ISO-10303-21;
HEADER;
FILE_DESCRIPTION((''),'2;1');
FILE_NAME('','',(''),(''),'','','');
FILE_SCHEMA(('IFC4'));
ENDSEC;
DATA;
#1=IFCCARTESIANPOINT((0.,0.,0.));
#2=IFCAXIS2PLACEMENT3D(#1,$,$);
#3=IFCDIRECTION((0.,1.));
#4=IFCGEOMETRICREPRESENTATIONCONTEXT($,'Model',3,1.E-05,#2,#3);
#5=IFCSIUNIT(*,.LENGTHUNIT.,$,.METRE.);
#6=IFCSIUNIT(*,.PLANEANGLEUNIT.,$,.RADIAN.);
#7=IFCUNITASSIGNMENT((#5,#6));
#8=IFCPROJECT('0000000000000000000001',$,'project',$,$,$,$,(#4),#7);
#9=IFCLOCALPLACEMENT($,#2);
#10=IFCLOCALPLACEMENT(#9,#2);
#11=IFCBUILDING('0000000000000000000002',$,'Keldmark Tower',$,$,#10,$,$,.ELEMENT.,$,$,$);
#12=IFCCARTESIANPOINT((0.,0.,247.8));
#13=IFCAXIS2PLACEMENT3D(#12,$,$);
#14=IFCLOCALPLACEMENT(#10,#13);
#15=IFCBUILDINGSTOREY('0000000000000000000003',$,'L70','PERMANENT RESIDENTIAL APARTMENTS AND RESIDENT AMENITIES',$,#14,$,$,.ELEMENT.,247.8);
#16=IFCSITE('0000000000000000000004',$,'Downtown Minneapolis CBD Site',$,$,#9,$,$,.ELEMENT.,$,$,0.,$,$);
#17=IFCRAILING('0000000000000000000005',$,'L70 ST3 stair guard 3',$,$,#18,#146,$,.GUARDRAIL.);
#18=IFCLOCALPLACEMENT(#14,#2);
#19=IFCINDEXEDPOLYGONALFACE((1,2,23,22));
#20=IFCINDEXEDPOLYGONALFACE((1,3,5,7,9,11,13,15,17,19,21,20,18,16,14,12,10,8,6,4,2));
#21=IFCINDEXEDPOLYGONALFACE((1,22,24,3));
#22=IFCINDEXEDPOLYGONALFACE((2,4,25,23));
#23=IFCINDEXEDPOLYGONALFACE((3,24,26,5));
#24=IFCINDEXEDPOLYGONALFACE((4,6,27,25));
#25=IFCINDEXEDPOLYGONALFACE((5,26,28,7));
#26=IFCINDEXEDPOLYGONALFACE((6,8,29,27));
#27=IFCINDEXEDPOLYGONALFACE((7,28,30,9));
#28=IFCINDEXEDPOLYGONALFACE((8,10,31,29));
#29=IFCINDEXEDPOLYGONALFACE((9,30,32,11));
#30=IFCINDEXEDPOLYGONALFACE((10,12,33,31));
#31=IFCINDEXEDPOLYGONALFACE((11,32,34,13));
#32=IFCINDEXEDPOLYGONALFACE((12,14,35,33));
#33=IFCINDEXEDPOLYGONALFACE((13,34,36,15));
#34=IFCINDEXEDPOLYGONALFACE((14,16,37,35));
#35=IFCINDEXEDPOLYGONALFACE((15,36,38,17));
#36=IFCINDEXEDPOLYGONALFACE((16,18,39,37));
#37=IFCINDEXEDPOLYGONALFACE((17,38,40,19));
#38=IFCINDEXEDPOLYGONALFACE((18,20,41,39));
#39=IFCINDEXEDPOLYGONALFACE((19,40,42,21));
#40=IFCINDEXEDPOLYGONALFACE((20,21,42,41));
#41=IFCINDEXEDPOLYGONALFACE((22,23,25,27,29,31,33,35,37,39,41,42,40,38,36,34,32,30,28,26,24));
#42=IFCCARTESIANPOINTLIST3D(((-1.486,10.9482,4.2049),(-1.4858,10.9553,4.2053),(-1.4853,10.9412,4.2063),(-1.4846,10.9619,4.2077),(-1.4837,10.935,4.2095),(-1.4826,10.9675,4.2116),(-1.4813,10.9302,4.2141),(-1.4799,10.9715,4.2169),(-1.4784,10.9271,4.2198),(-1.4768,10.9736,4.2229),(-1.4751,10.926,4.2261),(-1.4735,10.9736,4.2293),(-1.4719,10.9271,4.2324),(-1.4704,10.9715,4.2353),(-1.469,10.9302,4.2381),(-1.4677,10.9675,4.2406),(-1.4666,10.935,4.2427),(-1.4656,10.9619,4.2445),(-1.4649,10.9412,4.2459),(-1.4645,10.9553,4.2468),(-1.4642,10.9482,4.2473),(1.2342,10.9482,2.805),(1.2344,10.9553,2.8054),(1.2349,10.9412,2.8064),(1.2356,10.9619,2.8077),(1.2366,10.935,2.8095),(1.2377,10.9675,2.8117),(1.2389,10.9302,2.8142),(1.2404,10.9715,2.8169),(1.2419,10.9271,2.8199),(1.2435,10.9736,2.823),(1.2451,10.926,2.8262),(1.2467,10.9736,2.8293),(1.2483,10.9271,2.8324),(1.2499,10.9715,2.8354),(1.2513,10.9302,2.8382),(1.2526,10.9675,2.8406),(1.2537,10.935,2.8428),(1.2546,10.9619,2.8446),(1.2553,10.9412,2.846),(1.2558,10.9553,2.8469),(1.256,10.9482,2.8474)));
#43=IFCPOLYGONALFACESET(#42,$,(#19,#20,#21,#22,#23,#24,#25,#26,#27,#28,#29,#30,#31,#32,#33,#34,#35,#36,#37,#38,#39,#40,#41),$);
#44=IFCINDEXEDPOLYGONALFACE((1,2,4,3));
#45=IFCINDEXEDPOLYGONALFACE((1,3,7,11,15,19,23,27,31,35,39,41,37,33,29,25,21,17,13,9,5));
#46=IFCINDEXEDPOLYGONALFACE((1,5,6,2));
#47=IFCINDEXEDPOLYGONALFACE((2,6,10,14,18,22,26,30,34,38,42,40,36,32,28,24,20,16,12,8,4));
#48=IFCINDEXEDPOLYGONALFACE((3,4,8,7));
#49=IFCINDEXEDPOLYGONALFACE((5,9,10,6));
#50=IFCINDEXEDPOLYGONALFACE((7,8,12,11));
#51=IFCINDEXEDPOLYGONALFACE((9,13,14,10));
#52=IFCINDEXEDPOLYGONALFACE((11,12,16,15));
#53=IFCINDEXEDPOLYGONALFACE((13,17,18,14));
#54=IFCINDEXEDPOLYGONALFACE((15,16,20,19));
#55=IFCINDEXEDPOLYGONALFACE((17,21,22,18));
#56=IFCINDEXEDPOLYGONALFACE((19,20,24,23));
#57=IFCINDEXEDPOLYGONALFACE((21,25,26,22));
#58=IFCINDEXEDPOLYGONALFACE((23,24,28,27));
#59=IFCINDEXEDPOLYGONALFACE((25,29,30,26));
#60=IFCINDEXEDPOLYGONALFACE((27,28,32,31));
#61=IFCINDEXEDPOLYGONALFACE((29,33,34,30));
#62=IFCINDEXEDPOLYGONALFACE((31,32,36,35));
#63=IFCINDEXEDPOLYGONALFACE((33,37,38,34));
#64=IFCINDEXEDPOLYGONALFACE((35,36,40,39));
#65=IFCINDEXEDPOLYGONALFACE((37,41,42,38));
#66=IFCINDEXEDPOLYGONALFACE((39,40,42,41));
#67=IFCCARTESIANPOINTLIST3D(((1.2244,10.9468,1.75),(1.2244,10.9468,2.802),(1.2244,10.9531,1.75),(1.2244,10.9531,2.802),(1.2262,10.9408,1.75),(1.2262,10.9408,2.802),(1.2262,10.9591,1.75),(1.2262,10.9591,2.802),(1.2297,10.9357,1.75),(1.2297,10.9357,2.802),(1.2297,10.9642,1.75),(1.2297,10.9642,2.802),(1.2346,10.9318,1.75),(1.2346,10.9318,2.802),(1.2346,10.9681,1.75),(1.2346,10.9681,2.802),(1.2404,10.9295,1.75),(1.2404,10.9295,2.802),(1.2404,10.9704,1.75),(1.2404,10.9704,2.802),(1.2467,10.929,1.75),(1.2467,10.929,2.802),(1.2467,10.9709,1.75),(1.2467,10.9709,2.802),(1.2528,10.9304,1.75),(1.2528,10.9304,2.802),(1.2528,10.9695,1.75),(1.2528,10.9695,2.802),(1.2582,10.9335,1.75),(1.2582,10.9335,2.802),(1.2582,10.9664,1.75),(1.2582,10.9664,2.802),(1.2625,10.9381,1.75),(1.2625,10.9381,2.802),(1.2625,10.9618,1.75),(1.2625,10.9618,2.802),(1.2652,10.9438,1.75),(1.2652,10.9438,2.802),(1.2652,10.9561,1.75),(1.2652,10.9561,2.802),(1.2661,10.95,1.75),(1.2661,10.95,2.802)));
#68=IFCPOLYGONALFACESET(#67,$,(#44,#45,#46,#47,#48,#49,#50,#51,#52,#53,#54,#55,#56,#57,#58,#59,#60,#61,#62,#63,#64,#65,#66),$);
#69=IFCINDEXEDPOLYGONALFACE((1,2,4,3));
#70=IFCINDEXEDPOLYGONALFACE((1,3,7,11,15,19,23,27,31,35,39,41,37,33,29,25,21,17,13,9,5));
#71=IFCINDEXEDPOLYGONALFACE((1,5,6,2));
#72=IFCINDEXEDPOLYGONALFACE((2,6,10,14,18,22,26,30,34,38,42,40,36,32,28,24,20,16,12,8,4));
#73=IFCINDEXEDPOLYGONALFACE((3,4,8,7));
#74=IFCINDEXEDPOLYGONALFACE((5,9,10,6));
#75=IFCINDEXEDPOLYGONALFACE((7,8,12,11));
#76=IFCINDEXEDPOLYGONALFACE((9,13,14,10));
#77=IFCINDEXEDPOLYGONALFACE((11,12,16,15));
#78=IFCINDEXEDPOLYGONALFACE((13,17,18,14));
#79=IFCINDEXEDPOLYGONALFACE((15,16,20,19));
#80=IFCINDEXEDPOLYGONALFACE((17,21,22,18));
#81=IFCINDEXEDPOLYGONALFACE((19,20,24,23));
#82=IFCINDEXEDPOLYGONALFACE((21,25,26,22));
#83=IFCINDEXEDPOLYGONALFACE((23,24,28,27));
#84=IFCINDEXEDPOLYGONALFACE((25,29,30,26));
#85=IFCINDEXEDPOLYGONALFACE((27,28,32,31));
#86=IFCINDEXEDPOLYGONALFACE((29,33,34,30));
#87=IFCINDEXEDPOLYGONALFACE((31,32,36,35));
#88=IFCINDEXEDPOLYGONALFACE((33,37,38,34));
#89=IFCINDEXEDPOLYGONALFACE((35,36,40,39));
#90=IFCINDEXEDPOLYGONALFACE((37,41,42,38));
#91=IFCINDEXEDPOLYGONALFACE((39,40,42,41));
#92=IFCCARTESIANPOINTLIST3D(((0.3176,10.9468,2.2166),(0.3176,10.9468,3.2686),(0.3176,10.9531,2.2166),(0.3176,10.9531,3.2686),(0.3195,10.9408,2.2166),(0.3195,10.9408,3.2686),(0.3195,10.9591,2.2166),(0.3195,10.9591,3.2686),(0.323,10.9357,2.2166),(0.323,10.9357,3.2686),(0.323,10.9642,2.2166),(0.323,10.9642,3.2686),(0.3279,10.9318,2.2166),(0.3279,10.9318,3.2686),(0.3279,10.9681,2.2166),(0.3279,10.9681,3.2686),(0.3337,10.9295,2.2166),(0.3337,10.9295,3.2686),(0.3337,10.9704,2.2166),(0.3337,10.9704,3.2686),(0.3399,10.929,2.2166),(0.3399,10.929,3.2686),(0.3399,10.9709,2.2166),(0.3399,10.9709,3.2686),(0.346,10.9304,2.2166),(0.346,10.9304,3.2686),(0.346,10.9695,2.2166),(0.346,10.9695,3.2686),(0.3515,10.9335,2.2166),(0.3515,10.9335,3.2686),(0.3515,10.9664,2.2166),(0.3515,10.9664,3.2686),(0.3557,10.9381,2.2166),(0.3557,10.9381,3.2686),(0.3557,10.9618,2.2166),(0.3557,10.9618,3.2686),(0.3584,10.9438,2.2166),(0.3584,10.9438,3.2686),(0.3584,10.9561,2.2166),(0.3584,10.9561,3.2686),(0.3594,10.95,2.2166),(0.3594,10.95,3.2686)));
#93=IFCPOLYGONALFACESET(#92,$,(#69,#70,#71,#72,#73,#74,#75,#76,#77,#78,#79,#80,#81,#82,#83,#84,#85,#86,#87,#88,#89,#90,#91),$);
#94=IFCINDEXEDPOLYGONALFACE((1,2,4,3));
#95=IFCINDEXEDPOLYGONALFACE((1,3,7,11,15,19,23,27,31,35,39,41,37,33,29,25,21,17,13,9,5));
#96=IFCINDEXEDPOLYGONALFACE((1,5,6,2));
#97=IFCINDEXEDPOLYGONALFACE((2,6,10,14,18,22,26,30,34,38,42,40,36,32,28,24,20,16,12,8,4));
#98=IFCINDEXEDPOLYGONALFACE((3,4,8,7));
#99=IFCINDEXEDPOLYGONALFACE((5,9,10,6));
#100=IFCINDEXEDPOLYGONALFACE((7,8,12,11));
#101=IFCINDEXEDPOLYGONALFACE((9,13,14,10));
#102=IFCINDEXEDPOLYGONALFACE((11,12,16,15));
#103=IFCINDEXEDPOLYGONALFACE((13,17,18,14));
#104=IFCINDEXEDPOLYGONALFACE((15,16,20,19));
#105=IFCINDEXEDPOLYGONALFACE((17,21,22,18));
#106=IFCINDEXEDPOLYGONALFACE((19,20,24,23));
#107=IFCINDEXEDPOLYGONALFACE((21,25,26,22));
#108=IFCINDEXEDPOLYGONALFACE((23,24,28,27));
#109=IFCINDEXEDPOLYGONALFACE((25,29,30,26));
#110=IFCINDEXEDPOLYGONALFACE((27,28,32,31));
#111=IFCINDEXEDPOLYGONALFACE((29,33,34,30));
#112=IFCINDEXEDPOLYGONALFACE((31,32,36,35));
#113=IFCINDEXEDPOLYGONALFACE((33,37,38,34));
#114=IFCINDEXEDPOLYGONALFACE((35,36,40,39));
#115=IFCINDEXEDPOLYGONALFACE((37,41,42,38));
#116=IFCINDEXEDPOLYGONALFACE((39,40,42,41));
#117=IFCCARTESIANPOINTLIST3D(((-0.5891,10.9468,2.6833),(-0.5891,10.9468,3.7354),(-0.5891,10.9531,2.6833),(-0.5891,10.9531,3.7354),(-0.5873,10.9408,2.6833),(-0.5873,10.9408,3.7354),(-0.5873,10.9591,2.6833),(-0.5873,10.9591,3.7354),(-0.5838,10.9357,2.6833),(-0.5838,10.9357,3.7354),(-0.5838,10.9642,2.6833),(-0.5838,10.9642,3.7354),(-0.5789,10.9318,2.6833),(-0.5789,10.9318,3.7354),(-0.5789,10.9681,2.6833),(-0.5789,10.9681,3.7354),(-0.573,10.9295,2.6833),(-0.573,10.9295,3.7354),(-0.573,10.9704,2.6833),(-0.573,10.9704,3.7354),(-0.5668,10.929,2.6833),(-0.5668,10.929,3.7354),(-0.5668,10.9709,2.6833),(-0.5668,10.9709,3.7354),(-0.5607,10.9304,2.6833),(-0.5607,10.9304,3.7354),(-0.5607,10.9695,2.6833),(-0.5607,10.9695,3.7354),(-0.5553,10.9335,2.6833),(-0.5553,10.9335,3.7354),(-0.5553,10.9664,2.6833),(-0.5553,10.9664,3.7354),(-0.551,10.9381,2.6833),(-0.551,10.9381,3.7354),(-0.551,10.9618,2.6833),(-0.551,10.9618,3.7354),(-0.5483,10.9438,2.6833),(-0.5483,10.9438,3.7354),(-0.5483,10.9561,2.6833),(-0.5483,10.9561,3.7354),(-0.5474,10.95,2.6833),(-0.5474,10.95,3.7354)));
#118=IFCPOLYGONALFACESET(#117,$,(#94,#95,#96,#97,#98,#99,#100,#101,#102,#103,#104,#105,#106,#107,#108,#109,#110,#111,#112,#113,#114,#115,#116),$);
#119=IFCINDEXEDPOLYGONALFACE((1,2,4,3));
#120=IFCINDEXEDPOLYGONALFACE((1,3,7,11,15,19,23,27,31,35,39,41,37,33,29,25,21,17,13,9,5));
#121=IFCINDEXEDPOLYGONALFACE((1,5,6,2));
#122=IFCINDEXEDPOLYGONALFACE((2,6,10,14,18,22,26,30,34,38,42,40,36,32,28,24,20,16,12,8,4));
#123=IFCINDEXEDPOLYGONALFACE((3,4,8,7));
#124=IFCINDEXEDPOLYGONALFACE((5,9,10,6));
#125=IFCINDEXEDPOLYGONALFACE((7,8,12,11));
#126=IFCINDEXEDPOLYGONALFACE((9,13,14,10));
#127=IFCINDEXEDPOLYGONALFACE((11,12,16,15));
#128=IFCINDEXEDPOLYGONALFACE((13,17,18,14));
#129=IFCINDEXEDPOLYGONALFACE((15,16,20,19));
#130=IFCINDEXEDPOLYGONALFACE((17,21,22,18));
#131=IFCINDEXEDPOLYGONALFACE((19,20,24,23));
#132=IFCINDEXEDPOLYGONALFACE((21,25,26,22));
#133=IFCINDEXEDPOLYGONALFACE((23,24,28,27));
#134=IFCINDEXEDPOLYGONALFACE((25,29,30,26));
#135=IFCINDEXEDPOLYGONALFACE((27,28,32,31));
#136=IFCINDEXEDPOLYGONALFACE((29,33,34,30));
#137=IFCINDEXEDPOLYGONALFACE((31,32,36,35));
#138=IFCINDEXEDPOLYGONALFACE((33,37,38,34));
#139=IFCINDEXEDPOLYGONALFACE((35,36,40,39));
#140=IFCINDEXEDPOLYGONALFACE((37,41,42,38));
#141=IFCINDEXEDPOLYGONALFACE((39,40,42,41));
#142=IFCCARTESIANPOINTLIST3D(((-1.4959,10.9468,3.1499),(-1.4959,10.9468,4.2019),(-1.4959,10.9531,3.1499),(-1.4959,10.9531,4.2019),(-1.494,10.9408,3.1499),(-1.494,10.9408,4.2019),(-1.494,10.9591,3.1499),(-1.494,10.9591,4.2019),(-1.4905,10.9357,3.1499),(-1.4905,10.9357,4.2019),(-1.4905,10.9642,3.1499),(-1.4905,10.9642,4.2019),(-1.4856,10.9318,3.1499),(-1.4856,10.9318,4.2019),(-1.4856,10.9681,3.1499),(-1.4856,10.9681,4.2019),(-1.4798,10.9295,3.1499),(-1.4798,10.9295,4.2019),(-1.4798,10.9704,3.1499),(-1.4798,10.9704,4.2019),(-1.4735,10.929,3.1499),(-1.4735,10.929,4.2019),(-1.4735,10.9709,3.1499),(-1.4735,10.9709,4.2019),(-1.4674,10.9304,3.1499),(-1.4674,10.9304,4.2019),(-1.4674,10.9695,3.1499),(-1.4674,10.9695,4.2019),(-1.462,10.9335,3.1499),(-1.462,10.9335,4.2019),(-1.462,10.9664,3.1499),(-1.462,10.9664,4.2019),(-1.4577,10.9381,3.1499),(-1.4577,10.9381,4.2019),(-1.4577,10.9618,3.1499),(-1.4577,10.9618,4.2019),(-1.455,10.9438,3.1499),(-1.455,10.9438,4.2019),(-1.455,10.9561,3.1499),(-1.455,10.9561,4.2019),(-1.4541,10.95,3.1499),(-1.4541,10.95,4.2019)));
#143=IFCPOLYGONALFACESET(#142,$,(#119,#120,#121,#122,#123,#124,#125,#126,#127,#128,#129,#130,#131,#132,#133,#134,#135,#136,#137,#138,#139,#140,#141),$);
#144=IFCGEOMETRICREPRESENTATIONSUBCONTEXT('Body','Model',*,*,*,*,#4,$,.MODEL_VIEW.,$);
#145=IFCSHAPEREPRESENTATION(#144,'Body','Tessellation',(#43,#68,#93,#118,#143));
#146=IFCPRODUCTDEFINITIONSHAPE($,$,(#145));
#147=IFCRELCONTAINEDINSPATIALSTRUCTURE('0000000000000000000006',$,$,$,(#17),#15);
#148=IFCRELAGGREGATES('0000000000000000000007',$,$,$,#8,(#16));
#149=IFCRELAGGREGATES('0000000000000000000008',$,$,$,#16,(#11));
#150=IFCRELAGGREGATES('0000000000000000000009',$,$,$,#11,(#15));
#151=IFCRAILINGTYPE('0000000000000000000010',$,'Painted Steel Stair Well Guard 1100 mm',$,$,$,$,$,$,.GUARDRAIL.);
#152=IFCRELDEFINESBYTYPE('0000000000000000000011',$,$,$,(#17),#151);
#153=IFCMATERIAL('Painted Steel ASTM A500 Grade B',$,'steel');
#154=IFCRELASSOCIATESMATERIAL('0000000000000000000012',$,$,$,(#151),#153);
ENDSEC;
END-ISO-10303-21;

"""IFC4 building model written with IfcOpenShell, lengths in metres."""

from ifc_helpers import new_model, si_unit, direction, frame, origin, origin_2d, place, context, subcontext, project, spatial, circle, extrude, material, type_object, element, save


model = new_model("IFC4")

# Units and contexts
model_context = context("Model", 3, precision=1e-05, world=origin(), true_north=direction((0.0, 1.0)))
body_context = subcontext(model_context, "Body", "Model", "MODEL_VIEW")
ifc_project = project(units=[si_unit("LENGTHUNIT", "METRE"), si_unit("PLANEANGLEUNIT", "RADIAN")], contexts=[model_context])

# Site, building, storey
site_placement = place(None, origin())
site = spatial("IfcSite", under=ifc_project, at=site_placement, Name="Downtown Minneapolis CBD Site", CompositionType="ELEMENT", RefElevation=0.0)
building_placement = place(site_placement, origin())
building = spatial("IfcBuilding", under=site, at=building_placement, Name="Keldmark Tower", CompositionType="ELEMENT")
storey_placement = place(building_placement, frame((0.0, 0.0, 247.8)))
storey = spatial("IfcBuildingStorey", under=building, at=storey_placement, Name="L70", Description="PERMANENT RESIDENTIAL APARTMENTS AND RESIDENT AMENITIES", CompositionType="ELEMENT", Elevation=247.8)

# Railing
ifc_material_1 = material(Name="Painted Steel ASTM A500 Grade B", Category="steel")
railing_type_1 = type_object("IfcRailingType", Name="Painted Steel Stair Well Guard 1100 mm", PredefinedType="GUARDRAIL", material=ifc_material_1)
railing_1_placement = place(storey_placement, frame((1.2451, 10.95, 1.75)))
element("IfcRailing", 1, at=railing_1_placement, inside=storey, type_object=railing_type_1, Name="L70 ST3 stair guard 3", PredefinedType="GUARDRAIL", context=body_context, shape_type="SweptSolid", body=[
    extrude(circle(Radius=0.0239, at=origin_2d()), frame((0.0, 0.0, 1.0762), z_axis=(-0.889164, 0.0, 0.45759), x_axis=(0.0, -1.0, 0.0)), (0.0, 0.0, 1.0), 3.0593),
    extrude(circle(Radius=0.021, at=origin_2d()), origin(), (0.0, 0.0, 1.0), 1.052),
    extrude(circle(Radius=0.021, at=origin_2d()), frame((-0.9067, 0.0, 0.4666)), (0.0, 0.0, 1.0), 1.052),
    extrude(circle(Radius=0.021, at=origin_2d()), frame((-1.8135, 0.0, 0.9333)), (0.0, 0.0, 1.0), 1.052),
    extrude(circle(Radius=0.021, at=origin_2d()), frame((-2.7202, 0.0, 1.3999)), (0.0, 0.0, 1.0), 1.052),
])

save(model, "model.ifc")
